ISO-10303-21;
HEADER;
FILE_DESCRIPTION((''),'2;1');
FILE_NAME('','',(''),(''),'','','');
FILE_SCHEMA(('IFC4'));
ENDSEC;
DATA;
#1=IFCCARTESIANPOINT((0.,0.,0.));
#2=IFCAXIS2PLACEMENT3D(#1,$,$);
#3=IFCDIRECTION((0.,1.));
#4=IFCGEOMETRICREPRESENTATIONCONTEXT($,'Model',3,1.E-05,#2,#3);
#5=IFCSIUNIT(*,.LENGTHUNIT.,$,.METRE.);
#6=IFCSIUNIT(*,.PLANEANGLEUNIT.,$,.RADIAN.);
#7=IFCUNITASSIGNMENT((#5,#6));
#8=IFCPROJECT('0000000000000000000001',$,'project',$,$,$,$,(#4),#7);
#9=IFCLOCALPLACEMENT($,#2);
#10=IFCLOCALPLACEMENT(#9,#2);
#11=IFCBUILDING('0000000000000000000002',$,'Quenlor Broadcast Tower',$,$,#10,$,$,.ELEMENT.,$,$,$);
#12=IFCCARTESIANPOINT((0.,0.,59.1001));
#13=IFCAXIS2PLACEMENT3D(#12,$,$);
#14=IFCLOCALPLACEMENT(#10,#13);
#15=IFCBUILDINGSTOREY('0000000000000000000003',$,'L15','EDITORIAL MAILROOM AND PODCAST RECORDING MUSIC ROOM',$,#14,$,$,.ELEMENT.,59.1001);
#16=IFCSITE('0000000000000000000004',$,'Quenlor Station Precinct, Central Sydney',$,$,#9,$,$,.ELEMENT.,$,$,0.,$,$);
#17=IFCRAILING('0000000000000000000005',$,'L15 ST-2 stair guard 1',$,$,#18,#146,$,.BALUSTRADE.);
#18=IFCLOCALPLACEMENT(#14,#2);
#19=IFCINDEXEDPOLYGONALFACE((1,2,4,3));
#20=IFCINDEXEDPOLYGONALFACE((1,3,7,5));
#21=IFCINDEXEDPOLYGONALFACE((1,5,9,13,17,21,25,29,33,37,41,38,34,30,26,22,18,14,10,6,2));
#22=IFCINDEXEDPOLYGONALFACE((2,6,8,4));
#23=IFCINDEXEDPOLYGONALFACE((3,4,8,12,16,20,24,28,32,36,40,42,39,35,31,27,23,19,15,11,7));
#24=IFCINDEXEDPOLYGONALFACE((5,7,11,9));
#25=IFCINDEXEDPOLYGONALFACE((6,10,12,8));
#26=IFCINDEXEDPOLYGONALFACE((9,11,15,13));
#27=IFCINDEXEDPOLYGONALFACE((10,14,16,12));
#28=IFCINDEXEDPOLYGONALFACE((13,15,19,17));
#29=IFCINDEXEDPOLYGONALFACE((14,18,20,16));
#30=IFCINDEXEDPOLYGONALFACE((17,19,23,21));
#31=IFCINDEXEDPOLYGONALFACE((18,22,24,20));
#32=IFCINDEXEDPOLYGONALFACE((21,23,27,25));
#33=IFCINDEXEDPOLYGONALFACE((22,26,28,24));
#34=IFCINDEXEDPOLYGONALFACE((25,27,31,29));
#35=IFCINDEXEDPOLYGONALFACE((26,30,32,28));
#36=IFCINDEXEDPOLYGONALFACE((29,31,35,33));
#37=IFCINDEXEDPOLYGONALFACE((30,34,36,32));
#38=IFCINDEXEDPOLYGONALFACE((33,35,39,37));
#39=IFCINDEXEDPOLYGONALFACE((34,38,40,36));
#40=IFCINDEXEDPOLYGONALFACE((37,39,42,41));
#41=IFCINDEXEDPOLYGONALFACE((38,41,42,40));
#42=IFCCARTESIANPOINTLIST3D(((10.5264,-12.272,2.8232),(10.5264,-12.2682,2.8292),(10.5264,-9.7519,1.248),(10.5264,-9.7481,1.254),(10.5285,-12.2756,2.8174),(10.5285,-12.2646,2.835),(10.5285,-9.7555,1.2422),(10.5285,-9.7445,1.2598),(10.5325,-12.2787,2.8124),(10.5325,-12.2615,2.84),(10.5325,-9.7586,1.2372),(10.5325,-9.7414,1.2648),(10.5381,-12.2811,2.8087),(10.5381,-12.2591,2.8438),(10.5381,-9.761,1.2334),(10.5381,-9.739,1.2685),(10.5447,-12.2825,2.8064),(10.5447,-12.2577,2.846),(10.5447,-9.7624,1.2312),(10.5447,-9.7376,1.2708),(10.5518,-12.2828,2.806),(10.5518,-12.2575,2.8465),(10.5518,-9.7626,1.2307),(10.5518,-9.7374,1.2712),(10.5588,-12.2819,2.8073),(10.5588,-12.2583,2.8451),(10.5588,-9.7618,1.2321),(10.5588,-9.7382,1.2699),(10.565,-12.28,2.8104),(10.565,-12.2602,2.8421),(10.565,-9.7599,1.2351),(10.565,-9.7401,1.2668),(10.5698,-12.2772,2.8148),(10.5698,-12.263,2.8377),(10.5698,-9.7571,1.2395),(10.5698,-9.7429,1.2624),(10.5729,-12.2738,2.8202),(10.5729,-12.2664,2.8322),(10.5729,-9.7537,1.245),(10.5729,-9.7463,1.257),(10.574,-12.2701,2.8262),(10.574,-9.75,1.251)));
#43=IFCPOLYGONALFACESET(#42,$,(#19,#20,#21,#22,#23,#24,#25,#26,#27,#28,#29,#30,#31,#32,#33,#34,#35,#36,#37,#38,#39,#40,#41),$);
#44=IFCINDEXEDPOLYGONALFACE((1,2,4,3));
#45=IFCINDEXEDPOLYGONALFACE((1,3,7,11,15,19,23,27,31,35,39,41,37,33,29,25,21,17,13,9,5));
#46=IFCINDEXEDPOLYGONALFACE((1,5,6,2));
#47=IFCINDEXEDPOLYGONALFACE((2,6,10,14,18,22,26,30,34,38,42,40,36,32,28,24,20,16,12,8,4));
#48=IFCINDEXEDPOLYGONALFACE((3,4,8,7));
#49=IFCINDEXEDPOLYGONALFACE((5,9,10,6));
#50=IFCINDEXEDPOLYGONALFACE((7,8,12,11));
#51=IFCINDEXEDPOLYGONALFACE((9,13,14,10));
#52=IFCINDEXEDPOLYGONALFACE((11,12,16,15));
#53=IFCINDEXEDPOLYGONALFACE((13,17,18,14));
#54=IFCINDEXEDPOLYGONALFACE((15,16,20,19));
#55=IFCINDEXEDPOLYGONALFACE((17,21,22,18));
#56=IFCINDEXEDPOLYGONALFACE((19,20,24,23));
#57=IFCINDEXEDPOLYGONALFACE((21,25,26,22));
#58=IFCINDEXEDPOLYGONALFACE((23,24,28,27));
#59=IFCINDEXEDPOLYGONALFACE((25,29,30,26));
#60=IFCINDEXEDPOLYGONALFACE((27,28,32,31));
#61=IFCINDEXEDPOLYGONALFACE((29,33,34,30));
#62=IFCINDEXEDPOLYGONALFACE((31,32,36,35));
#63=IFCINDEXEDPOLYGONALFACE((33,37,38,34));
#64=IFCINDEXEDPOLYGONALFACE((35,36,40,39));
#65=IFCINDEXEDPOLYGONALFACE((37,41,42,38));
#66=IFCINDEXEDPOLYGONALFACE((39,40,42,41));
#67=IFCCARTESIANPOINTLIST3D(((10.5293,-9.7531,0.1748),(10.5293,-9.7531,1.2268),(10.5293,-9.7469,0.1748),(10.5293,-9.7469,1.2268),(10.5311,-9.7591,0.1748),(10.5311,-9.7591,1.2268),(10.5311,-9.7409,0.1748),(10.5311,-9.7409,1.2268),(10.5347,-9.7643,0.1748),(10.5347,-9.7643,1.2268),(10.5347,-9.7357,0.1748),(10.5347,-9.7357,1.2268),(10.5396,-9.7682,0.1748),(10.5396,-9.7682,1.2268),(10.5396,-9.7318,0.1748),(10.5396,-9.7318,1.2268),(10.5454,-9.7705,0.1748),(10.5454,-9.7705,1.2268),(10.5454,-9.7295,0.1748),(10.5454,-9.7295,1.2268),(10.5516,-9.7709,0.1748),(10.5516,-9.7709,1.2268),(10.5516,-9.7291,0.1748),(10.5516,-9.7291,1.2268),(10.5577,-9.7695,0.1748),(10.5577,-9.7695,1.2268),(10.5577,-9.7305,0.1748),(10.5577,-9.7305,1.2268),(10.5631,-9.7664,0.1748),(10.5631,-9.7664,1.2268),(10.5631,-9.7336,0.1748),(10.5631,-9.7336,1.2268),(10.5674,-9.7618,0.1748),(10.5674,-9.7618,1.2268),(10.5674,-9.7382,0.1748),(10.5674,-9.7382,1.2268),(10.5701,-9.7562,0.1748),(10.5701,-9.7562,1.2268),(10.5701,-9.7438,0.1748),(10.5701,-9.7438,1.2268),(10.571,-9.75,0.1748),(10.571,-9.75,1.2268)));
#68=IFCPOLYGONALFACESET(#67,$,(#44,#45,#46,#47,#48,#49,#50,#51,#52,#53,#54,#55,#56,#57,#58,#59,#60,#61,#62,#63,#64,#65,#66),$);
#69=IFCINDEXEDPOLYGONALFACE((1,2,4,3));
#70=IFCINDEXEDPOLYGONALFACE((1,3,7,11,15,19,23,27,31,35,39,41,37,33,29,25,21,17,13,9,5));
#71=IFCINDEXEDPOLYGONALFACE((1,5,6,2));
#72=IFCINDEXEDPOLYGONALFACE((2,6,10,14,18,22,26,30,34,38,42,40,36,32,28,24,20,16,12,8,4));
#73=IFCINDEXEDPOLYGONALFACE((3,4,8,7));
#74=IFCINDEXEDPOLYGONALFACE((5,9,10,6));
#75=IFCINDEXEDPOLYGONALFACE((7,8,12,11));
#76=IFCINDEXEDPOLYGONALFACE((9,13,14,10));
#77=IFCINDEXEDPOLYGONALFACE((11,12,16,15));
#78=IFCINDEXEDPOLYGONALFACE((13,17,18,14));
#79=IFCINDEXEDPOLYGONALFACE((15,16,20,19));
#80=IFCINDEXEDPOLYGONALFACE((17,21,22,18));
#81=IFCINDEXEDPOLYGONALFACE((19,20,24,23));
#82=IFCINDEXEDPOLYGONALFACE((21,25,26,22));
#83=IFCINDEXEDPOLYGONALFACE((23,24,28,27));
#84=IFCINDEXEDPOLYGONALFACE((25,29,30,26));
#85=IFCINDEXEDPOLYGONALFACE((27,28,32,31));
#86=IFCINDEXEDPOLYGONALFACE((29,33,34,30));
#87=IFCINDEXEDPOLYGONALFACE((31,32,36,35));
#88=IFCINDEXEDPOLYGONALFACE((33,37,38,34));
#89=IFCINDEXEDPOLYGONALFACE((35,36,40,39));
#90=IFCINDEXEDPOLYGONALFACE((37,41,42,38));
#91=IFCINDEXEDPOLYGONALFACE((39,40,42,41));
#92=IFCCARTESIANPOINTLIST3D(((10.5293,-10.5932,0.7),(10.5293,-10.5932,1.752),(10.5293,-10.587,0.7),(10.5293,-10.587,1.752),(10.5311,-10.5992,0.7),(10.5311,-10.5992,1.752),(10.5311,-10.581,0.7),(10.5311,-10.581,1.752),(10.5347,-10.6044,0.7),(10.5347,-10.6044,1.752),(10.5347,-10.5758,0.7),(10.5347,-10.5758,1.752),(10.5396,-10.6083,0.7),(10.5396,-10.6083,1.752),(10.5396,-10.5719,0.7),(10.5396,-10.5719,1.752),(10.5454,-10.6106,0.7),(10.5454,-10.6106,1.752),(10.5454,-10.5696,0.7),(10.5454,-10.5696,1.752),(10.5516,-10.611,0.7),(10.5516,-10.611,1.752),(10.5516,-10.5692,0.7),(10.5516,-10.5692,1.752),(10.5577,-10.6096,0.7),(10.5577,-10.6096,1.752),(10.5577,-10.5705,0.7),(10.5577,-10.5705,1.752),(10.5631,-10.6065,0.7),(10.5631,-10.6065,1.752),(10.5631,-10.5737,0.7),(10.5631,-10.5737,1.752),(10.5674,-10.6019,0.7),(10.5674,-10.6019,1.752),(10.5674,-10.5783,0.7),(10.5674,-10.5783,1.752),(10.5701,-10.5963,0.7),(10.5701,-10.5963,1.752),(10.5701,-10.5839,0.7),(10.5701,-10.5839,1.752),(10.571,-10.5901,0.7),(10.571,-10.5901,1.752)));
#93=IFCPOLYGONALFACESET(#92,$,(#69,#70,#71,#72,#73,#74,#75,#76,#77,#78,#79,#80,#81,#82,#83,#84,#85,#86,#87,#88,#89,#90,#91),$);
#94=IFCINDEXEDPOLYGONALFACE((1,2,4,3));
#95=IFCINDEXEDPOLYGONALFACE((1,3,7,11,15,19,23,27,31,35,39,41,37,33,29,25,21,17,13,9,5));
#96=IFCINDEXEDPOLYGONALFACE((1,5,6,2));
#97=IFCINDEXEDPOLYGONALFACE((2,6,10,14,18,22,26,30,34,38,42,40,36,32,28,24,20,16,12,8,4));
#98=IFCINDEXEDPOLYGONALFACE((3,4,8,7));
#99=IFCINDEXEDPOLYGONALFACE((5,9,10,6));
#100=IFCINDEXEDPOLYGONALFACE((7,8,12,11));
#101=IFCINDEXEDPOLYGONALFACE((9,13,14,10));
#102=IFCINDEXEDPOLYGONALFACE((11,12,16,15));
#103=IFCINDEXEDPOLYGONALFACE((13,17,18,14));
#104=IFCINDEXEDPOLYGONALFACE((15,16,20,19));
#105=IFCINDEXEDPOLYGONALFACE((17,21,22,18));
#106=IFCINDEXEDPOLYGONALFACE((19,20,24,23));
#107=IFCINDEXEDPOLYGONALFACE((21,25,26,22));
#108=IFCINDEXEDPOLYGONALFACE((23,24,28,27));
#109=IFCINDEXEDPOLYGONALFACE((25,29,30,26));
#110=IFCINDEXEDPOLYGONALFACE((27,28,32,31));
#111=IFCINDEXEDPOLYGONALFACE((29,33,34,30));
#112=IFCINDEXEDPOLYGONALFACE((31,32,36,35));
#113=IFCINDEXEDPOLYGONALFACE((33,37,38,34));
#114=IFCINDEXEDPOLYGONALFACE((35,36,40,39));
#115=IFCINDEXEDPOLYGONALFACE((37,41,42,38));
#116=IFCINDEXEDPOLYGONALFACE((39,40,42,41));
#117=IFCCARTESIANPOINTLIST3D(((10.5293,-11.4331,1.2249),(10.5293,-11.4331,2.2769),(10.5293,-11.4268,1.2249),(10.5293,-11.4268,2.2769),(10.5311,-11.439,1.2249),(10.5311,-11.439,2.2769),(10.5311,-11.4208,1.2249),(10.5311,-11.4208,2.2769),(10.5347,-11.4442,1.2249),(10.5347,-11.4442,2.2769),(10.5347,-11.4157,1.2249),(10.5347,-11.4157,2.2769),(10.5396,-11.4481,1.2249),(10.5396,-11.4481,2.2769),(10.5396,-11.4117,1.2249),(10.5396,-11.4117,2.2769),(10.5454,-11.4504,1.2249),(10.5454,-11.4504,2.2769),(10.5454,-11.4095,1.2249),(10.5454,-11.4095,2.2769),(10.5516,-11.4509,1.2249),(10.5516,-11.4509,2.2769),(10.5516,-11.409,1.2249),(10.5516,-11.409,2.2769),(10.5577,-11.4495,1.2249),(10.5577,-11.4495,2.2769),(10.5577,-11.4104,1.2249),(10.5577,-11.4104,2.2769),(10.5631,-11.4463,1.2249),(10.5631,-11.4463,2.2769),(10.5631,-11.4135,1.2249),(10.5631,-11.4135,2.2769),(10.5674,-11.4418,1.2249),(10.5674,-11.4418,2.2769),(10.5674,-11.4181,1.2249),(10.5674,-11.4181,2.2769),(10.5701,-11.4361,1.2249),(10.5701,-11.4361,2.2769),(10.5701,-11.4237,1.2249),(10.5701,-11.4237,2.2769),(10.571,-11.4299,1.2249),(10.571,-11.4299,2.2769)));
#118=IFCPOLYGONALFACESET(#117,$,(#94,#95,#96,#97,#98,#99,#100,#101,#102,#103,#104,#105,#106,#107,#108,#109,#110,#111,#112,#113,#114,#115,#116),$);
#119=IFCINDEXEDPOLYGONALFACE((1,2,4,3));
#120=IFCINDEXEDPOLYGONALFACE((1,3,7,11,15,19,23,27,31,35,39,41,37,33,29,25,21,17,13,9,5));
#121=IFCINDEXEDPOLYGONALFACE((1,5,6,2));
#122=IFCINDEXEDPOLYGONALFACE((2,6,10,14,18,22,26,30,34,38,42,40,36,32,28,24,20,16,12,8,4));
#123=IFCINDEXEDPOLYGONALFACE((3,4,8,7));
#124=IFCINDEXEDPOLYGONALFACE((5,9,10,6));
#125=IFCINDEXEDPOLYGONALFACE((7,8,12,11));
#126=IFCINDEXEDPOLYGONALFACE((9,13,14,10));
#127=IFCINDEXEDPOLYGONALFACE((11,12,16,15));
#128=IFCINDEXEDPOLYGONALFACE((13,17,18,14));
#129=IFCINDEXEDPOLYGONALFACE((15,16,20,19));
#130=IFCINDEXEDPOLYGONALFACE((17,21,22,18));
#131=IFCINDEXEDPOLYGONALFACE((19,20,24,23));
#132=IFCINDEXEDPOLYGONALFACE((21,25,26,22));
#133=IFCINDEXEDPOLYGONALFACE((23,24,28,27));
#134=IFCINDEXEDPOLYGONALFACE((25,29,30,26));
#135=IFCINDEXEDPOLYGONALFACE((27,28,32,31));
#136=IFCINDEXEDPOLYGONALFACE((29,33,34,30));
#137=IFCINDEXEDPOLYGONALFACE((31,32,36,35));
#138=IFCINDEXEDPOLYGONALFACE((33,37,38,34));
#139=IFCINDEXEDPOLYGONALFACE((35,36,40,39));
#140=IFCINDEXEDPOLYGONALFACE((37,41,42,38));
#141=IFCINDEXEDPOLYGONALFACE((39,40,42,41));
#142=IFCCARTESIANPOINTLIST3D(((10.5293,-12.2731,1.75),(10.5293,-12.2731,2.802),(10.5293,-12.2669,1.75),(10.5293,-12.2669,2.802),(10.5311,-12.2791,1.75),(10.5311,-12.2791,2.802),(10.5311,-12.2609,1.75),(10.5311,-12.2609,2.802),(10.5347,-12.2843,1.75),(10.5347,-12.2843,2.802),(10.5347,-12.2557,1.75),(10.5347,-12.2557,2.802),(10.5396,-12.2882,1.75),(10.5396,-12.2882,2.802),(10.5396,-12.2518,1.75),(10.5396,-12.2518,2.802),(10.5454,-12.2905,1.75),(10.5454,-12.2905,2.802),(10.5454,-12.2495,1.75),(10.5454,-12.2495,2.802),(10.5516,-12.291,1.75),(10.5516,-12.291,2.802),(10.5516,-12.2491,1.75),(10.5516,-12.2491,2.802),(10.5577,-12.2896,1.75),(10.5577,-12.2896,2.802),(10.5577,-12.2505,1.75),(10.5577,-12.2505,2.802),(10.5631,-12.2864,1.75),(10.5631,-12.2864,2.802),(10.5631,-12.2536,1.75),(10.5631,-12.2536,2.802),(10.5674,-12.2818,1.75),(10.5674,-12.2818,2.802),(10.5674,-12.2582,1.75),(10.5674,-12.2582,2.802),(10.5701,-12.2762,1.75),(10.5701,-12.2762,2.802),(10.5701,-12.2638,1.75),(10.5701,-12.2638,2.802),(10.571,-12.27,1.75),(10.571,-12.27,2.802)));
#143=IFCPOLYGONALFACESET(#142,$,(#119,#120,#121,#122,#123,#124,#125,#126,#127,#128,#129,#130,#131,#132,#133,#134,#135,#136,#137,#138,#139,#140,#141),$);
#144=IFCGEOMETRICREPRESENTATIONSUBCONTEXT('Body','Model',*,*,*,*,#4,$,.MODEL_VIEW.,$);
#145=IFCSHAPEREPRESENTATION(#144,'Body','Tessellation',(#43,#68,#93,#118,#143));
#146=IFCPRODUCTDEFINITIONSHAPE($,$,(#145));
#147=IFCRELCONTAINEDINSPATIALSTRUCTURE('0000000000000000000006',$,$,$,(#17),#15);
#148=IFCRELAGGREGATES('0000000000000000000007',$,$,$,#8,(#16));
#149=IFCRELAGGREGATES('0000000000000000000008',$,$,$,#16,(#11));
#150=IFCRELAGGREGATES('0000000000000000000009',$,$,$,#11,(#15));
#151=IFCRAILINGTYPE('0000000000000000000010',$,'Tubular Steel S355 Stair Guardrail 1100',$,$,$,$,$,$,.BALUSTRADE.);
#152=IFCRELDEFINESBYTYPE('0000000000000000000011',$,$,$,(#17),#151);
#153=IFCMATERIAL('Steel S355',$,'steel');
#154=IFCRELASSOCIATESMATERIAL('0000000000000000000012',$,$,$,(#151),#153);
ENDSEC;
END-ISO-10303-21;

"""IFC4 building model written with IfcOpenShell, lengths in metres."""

from ifc_helpers import new_model, si_unit, direction, frame, origin, origin_2d, place, context, subcontext, project, spatial, circle, extrude, material, type_object, element, save


model = new_model("IFC4")

# Units and contexts
model_context = context("Model", 3, precision=1e-05, world=origin(), true_north=direction((0.0, 1.0)))
body_context = subcontext(model_context, "Body", "Model", "MODEL_VIEW")
ifc_project = project(units=[si_unit("LENGTHUNIT", "METRE"), si_unit("PLANEANGLEUNIT", "RADIAN")], contexts=[model_context])

# Site, building, storey
site_placement = place(None, origin())
site = spatial("IfcSite", under=ifc_project, at=site_placement, Name="Quenlor Station Precinct, Central Sydney", CompositionType="ELEMENT", RefElevation=0.0)
building_placement = place(site_placement, origin())
building = spatial("IfcBuilding", under=site, at=building_placement, Name="Quenlor Broadcast Tower", CompositionType="ELEMENT")
storey_placement = place(building_placement, frame((0.0, 0.0, 59.1001)))
storey = spatial("IfcBuildingStorey", under=building, at=storey_placement, Name="L15", Description="EDITORIAL MAILROOM AND PODCAST RECORDING MUSIC ROOM", CompositionType="ELEMENT", Elevation=59.1001)

# Railing
ifc_material_1 = material(Name="Steel S355", Category="steel")
railing_type_1 = type_object("IfcRailingType", Name="Tubular Steel S355 Stair Guardrail 1100", PredefinedType="BALUSTRADE", material=ifc_material_1)
railing_1_placement = place(storey_placement, frame((10.55, -9.75, 0.1748)))
element("IfcRailing", 1, at=railing_1_placement, inside=storey, type_object=railing_type_1, Name="L15 ST-2 stair guard 1", PredefinedType="BALUSTRADE", context=body_context, shape_type="SweptSolid", body=[
    extrude(circle(Radius=0.0239, at=origin_2d()), frame((0.0, 0.0, 1.0762), z_axis=(0.0, -0.847971, 0.530043), x_axis=(1.0, 0.0, 0.0)), (0.0, 0.0, 1.0), 2.9719),
    extrude(circle(Radius=0.021, at=origin_2d()), origin(), (0.0, 0.0, 1.0), 1.052),
    extrude(circle(Radius=0.021, at=origin_2d()), frame((0.0, -0.8401, 0.5251)), (0.0, 0.0, 1.0), 1.052),
    extrude(circle(Radius=0.021, at=origin_2d()), frame((0.0, -1.6799, 1.05)), (0.0, 0.0, 1.0), 1.052),
    extrude(circle(Radius=0.021, at=origin_2d()), frame((0.0, -2.52, 1.5752)), (0.0, 0.0, 1.0), 1.052),
])

save(model, "model.ifc")
